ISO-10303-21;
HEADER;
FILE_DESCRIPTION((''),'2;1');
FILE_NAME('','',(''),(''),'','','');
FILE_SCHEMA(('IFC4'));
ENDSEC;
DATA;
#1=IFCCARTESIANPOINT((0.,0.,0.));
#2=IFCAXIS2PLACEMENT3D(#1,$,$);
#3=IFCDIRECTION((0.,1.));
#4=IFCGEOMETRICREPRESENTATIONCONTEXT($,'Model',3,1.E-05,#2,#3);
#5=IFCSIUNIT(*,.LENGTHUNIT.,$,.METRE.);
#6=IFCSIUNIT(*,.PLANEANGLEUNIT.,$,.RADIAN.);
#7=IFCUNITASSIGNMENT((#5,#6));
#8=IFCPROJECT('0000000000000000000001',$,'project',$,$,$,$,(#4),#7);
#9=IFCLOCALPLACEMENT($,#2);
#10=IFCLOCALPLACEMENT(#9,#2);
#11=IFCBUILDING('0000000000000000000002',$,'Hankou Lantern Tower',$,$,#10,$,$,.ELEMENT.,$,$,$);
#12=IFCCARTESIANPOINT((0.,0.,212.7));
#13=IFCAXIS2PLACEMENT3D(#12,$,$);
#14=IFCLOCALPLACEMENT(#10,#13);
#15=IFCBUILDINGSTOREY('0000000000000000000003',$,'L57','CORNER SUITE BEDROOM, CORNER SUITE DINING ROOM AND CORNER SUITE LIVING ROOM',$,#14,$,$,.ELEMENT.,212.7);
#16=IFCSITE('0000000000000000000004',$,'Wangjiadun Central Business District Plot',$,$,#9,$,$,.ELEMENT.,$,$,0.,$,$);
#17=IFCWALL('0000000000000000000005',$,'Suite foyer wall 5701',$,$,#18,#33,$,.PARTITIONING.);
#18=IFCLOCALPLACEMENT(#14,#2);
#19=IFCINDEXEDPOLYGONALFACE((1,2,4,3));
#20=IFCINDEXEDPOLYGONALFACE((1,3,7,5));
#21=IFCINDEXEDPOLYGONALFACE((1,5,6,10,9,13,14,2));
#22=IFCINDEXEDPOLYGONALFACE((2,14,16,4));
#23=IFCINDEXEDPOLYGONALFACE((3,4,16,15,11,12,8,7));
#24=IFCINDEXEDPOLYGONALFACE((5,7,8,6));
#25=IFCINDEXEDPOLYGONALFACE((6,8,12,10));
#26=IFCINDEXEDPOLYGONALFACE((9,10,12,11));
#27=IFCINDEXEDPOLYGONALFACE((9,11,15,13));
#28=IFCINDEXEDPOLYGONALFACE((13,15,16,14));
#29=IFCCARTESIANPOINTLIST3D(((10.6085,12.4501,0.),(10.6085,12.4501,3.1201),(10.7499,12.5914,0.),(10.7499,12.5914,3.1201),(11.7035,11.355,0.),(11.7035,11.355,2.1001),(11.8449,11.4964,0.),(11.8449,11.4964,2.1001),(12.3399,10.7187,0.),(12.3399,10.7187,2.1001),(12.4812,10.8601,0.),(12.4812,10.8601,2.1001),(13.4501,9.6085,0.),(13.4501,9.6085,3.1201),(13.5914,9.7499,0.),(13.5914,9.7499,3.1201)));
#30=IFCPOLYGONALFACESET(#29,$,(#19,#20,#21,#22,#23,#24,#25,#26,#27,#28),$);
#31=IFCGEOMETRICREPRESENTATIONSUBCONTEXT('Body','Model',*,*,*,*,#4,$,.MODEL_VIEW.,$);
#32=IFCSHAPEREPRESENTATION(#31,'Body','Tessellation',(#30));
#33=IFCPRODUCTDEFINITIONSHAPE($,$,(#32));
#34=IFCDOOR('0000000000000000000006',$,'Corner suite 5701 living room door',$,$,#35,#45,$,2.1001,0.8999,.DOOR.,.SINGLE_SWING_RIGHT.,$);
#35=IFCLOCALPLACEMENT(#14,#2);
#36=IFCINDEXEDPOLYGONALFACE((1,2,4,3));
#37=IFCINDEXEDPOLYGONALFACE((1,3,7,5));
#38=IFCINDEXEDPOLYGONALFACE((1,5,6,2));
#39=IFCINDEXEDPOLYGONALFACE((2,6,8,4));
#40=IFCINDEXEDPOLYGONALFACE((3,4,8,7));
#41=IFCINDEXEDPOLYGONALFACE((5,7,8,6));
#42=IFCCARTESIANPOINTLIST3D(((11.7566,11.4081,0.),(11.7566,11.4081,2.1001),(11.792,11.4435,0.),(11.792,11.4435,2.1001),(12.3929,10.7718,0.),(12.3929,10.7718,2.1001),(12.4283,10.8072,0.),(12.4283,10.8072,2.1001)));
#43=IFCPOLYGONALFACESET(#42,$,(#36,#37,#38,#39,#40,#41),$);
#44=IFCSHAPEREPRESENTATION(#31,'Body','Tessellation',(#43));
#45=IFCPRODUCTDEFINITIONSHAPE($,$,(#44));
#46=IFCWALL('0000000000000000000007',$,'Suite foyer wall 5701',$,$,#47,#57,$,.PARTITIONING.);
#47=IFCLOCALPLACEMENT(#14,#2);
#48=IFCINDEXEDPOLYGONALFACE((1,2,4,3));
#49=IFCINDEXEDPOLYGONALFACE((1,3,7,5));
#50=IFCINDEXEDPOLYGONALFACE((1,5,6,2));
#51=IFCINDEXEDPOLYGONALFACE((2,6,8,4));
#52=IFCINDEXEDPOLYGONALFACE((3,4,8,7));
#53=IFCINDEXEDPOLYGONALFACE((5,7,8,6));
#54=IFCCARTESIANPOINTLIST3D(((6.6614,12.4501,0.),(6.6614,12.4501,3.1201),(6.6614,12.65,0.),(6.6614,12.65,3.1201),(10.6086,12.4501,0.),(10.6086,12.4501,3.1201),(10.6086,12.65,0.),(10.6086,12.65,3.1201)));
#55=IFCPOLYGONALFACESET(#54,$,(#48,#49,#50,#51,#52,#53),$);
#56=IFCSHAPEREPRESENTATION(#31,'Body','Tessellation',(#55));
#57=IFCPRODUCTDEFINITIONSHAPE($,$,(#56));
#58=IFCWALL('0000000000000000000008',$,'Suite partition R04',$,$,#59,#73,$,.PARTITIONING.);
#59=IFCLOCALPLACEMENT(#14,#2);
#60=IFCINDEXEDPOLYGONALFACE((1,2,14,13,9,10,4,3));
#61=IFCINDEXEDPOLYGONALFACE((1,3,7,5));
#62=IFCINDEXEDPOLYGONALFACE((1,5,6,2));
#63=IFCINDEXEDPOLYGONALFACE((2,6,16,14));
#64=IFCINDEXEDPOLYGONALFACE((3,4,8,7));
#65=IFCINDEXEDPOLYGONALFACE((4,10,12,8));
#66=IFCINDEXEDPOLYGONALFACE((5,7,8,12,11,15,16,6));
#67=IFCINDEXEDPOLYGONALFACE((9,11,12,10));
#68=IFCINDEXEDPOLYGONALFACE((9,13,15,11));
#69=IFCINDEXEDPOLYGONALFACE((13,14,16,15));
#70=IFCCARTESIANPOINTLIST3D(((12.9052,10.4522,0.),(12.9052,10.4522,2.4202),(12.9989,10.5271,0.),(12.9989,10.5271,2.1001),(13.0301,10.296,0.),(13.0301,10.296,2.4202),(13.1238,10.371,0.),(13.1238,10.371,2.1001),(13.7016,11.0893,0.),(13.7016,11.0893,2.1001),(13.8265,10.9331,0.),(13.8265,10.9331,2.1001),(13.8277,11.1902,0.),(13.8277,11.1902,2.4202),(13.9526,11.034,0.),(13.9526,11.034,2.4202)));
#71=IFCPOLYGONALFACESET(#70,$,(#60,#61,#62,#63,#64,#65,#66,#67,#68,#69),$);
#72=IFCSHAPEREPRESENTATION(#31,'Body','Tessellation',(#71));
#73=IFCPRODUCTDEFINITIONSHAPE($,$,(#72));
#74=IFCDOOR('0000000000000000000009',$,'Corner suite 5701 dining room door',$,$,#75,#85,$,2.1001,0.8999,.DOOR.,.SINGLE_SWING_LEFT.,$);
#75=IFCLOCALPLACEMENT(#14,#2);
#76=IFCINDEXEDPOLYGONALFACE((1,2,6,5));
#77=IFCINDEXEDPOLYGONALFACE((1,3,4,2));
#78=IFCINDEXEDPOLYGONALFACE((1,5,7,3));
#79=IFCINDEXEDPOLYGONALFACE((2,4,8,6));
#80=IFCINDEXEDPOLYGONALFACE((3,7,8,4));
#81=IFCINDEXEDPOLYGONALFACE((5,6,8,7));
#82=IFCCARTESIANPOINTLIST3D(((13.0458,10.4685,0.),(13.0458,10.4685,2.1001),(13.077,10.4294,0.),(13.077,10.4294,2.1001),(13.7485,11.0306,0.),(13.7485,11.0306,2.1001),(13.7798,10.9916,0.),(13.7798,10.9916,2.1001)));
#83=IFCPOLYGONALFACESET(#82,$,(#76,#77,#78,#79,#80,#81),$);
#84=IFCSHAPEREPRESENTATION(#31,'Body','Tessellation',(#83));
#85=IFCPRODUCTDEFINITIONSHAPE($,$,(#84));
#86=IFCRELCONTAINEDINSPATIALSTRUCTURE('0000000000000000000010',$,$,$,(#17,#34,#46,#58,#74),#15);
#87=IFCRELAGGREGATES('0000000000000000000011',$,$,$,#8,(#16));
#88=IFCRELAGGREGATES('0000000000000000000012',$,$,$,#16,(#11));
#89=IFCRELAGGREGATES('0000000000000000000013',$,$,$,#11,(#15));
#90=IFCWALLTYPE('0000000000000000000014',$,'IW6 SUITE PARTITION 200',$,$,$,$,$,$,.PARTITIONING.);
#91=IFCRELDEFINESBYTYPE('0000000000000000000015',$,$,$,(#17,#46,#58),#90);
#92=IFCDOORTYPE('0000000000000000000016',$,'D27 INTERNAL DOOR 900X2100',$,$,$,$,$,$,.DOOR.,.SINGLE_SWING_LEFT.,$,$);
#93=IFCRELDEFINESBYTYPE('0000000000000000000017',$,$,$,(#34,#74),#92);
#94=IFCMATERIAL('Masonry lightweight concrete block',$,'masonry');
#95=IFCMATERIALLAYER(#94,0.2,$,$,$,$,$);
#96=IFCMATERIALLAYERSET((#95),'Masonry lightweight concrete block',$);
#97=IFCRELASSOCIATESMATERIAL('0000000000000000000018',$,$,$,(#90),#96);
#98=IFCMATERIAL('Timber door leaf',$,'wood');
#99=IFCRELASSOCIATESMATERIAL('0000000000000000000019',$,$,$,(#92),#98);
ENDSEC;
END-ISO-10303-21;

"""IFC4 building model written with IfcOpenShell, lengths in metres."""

from ifc_helpers import new_model, si_unit, direction, frame, frame_2d, origin, place, context, subcontext, project, spatial, rectangle, extrude, material, layer, layer_set, type_object, element, fill, save


model = new_model("IFC4")

# Units and contexts
model_context = context("Model", 3, precision=1e-05, world=origin(), true_north=direction((0.0, 1.0)))
body_context = subcontext(model_context, "Body", "Model", "MODEL_VIEW")
ifc_project = project(units=[si_unit("LENGTHUNIT", "METRE"), si_unit("PLANEANGLEUNIT", "RADIAN")], contexts=[model_context])

# Site, building, storey
site_placement = place(None, origin())
site = spatial("IfcSite", under=ifc_project, at=site_placement, Name="Wangjiadun Central Business District Plot", CompositionType="ELEMENT", RefElevation=0.0)
building_placement = place(site_placement, origin())
building = spatial("IfcBuilding", under=site, at=building_placement, Name="Hankou Lantern Tower", CompositionType="ELEMENT")
storey_placement = place(building_placement, frame((0.0, 0.0, 212.7)))
storey = spatial("IfcBuildingStorey", under=building, at=storey_placement, Name="L57", Description="CORNER SUITE BEDROOM, CORNER SUITE DINING ROOM AND CORNER SUITE LIVING ROOM", CompositionType="ELEMENT", Elevation=212.7)

# Wall, opening, door
ifc_material_1 = material(Name="Masonry lightweight concrete block", Category="masonry")
ifc_layer_1 = layer(ifc_material_1, 0.2)
ifc_layer_set_1 = layer_set([ifc_layer_1], Name="Masonry lightweight concrete block")
wall_type_1 = type_object("IfcWallType", Name="IW6 SUITE PARTITION 200", PredefinedType="PARTITIONING", material=ifc_layer_set_1)
wall_1_placement = place(storey_placement, frame((13.5208, 9.6792, 0.0), z_axis=(0.0, 0.0, 1.0), x_axis=(-0.707107, 0.707107, 0.0)))
wall_1 = element("IfcWall", 1, at=wall_1_placement, inside=storey, type_object=wall_type_1, Name="Suite foyer wall 5701", PredefinedType="PARTITIONING", context=body_context, shape_type="SweptSolid", body=[
    extrude(rectangle(XDim=4.0186, YDim=0.2, at=frame_2d((2.0093, 0.0))), origin(), (0.0, 0.0, 1.0), 3.1201),
])
opening_1_placement = place(wall_1_placement, frame((1.5701, 0.0, 0.0)))
opening_1 = element("IfcOpeningElement", 2, at=opening_1_placement, cuts=wall_1, PredefinedType="OPENING", context=body_context, shape_type="SweptSolid", body=[
    extrude(rectangle(XDim=0.8999, YDim=2.1001, at=frame_2d((0.45, 1.05))), frame((0.0, 0.1099, 0.0), z_axis=(0.0, -1.0, 0.0), x_axis=(1.0, 0.0, 0.0)), (0.0, 0.0, 1.0), 0.22),
])
ifc_material_2 = material(Name="Timber door leaf", Category="wood")
door_type = type_object("IfcDoorType", Name="D27 INTERNAL DOOR 900X2100", OperationType="SINGLE_SWING_LEFT", PredefinedType="DOOR", material=ifc_material_2)
door_1_placement = place(opening_1_placement, origin())
door_1 = element("IfcDoor", 3, at=door_1_placement, inside=storey, type_object=door_type, Name="Corner suite 5701 living room door", OperationType="SINGLE_SWING_RIGHT", OverallHeight=2.1001, OverallWidth=0.8999, PredefinedType="DOOR", context=body_context, shape_type="SweptSolid", body=[
    extrude(rectangle(XDim=0.8999, YDim=2.1001, at=frame_2d((0.45, 1.05))), frame((0.0, 0.0249, 0.0), z_axis=(0.0, -1.0, 0.0), x_axis=(1.0, 0.0, 0.0)), (0.0, 0.0, 1.0), 0.05),
])
fill(opening_1, door_1)

# Wall
wall_2_placement = place(storey_placement, frame((10.6086, 12.55, 0.0), z_axis=(0.0, 0.0, 1.0), x_axis=(-1.0, 0.0, 0.0)))
element("IfcWall", 4, at=wall_2_placement, inside=storey, type_object=wall_type_1, Name="Suite foyer wall 5701", PredefinedType="PARTITIONING", context=body_context, shape_type="SweptSolid", body=[
    extrude(rectangle(XDim=3.9473, YDim=0.2, at=frame_2d((1.9736, 0.0))), origin(), (0.0, 0.0, 1.0), 3.1201),
])

# Wall, opening, door
wall_3_placement = place(storey_placement, frame((12.9675, 10.374, 0.0), z_axis=(0.0, 0.0, 1.0), x_axis=(0.780889, 0.62467, 0.0)))
wall_3 = element("IfcWall", 5, at=wall_3_placement, inside=storey, type_object=wall_type_1, Name="Suite partition R04", PredefinedType="PARTITIONING", context=body_context, shape_type="SweptSolid", body=[
    extrude(rectangle(XDim=1.1814, YDim=0.2, at=frame_2d((0.5908, 0.0))), origin(), (0.0, 0.0, 1.0), 2.4202),
])
opening_2_placement = place(wall_3_placement, frame((0.1201, 0.0, 0.0)))
opening_2 = element("IfcOpeningElement", 6, at=opening_2_placement, cuts=wall_3, PredefinedType="OPENING", context=body_context, shape_type="SweptSolid", body=[
    extrude(rectangle(XDim=0.8999, YDim=2.1001, at=frame_2d((0.45, 1.05))), frame((0.0, 0.1099, 0.0), z_axis=(0.0, -1.0, 0.0), x_axis=(1.0, 0.0, 0.0)), (0.0, 0.0, 1.0), 0.22),
])
door_2_placement = place(opening_2_placement, origin())
door_2 = element("IfcDoor", 7, at=door_2_placement, inside=storey, type_object=door_type, Name="Corner suite 5701 dining room door", OperationType="SINGLE_SWING_LEFT", OverallHeight=2.1001, OverallWidth=0.8999, PredefinedType="DOOR", context=body_context, shape_type="SweptSolid", body=[
    extrude(rectangle(XDim=0.8999, YDim=2.1001, at=frame_2d((0.45, 1.05))), frame((0.0, 0.0249, 0.0), z_axis=(0.0, -1.0, 0.0), x_axis=(1.0, 0.0, 0.0)), (0.0, 0.0, 1.0), 0.05),
])
fill(opening_2, door_2)

save(model, "model.ifc")
